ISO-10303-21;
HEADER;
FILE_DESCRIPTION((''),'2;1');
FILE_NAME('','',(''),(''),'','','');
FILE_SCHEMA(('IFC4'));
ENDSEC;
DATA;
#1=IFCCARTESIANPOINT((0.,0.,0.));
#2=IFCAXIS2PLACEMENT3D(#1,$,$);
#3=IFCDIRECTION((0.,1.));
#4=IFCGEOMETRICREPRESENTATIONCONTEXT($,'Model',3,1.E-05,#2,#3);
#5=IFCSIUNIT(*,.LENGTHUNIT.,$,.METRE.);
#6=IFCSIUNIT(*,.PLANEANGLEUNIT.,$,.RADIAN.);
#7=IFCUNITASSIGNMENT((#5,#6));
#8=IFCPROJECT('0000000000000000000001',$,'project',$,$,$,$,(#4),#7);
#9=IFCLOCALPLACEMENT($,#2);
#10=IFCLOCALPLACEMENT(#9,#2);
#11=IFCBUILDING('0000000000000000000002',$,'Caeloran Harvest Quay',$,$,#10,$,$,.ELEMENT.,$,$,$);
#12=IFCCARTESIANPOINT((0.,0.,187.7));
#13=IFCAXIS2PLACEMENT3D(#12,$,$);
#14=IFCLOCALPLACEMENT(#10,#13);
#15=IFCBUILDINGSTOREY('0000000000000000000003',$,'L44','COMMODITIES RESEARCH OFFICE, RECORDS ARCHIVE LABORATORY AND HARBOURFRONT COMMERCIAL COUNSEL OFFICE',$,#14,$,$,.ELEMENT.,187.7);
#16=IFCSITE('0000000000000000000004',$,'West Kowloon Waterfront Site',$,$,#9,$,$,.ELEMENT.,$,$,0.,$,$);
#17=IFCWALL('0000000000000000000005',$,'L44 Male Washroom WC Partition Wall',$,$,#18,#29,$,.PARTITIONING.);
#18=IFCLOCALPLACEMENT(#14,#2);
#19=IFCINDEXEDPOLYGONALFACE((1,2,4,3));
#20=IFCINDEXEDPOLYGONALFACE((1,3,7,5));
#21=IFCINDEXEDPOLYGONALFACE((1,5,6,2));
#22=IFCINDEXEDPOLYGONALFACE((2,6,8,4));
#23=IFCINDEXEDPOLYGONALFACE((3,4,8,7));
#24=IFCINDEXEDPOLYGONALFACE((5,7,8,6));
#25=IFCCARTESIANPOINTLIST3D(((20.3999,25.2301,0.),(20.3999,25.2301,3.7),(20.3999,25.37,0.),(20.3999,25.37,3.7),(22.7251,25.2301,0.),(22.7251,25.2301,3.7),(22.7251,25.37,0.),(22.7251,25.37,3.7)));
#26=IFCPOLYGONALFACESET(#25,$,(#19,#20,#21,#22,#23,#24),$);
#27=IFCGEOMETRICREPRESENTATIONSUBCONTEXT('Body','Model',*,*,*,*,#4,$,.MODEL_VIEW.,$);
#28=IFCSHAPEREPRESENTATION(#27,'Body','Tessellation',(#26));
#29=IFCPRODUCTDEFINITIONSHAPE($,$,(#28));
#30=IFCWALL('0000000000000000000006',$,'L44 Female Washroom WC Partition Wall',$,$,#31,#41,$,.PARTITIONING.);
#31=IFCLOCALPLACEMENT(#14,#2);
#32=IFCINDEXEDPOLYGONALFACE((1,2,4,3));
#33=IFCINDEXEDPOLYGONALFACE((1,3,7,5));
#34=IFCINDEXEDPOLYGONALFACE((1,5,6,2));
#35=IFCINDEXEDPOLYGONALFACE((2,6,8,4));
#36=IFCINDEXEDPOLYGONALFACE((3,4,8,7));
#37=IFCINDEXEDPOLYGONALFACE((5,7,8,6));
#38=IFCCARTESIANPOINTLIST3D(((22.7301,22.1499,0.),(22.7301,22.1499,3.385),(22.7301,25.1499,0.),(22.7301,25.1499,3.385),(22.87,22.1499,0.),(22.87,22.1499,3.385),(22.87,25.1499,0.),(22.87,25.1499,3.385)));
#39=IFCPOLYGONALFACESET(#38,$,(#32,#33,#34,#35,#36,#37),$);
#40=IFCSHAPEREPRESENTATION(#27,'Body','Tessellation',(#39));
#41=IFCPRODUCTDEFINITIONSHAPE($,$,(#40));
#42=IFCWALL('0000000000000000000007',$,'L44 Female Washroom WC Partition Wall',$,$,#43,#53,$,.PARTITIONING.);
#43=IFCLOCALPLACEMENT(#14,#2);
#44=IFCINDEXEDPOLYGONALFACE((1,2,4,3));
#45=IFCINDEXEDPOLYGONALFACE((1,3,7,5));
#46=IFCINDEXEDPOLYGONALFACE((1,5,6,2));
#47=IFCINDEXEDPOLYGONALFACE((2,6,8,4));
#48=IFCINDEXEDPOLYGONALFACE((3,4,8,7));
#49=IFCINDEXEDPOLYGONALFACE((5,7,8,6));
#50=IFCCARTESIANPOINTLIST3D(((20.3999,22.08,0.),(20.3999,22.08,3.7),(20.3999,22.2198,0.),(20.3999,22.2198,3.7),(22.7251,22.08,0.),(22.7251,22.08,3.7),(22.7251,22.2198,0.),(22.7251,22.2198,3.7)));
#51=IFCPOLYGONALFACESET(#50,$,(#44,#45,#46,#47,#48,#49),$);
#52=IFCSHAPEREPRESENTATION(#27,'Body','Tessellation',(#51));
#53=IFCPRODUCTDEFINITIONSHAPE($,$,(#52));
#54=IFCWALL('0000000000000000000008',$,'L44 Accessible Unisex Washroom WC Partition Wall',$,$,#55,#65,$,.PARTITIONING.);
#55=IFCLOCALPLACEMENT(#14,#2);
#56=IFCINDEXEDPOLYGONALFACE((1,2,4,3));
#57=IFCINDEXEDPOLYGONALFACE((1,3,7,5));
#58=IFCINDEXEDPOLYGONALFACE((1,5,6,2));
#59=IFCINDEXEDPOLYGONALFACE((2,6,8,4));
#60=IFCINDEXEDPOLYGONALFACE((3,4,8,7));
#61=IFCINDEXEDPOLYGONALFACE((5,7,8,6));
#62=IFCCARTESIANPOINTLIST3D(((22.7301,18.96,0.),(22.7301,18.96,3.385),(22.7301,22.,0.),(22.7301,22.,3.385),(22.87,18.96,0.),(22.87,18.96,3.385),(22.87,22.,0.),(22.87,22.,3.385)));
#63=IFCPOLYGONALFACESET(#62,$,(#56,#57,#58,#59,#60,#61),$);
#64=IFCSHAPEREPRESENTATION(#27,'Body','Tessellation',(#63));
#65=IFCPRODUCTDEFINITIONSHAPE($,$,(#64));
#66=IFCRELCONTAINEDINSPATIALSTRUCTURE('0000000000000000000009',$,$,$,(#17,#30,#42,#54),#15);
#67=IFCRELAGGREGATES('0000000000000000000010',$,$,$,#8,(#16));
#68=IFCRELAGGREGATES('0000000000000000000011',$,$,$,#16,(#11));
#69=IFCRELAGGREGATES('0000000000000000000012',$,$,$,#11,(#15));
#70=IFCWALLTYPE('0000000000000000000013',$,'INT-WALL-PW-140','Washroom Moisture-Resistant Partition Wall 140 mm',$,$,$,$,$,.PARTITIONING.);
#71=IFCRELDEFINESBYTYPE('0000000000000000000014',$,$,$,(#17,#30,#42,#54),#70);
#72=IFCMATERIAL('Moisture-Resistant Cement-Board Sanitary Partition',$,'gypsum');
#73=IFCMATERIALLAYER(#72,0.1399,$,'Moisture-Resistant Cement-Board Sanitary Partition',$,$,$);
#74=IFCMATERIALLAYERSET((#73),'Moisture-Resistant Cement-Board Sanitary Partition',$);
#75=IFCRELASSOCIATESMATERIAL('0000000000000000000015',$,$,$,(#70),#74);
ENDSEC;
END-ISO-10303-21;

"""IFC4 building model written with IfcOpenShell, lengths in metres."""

from ifc_helpers import new_model, si_unit, direction, frame, frame_2d, origin, place, context, subcontext, project, spatial, rectangle, extrude, material, layer, layer_set, type_object, element, save


model = new_model("IFC4")

# Units and contexts
model_context = context("Model", 3, precision=1e-05, world=origin(), true_north=direction((0.0, 1.0)))
body_context = subcontext(model_context, "Body", "Model", "MODEL_VIEW")
ifc_project = project(units=[si_unit("LENGTHUNIT", "METRE"), si_unit("PLANEANGLEUNIT", "RADIAN")], contexts=[model_context])

# Site, building, storey
site_placement = place(None, origin())
site = spatial("IfcSite", under=ifc_project, at=site_placement, Name="West Kowloon Waterfront Site", CompositionType="ELEMENT", RefElevation=0.0)
building_placement = place(site_placement, origin())
building = spatial("IfcBuilding", under=site, at=building_placement, Name="Caeloran Harvest Quay", CompositionType="ELEMENT")
storey_placement = place(building_placement, frame((0.0, 0.0, 187.7)))
storey = spatial("IfcBuildingStorey", under=building, at=storey_placement, Name="L44", Description="COMMODITIES RESEARCH OFFICE, RECORDS ARCHIVE LABORATORY AND HARBOURFRONT COMMERCIAL COUNSEL OFFICE", CompositionType="ELEMENT", Elevation=187.7)

# Walls
ifc_material_1 = material(Name="Moisture-Resistant Cement-Board Sanitary Partition", Category="gypsum")
ifc_layer_1 = layer(ifc_material_1, 0.1399, Name="Moisture-Resistant Cement-Board Sanitary Partition")
ifc_layer_set_1 = layer_set([ifc_layer_1], Name="Moisture-Resistant Cement-Board Sanitary Partition")
wall_type_1 = type_object("IfcWallType", Name="INT-WALL-PW-140", Description="Washroom Moisture-Resistant Partition Wall 140 mm", PredefinedType="PARTITIONING", material=ifc_layer_set_1)
wall_1_placement = place(storey_placement, frame((22.7251, 25.3, 0.0), z_axis=(0.0, 0.0, 1.0), x_axis=(-1.0, 0.0, 0.0)))
element("IfcWall", 1, at=wall_1_placement, inside=storey, type_object=wall_type_1, Name="L44 Male Washroom WC Partition Wall", PredefinedType="PARTITIONING", context=body_context, shape_type="SweptSolid", body=[
    extrude(rectangle(XDim=2.3252, YDim=0.1399, at=frame_2d((1.1626, 0.0))), origin(), (0.0, 0.0, 1.0), 3.7),
])
wall_2_placement = place(storey_placement, frame((22.8, 25.1499, 0.0), z_axis=(0.0, 0.0, 1.0), x_axis=(0.0, -1.0, 0.0)))
element("IfcWall", 2, at=wall_2_placement, inside=storey, type_object=wall_type_1, Name="L44 Female Washroom WC Partition Wall", PredefinedType="PARTITIONING", context=body_context, shape_type="SweptSolid", body=[
    extrude(rectangle(XDim=3.0, YDim=0.1399, at=frame_2d((1.5, 0.0))), origin(), (0.0, 0.0, 1.0), 3.385),
])
wall_3_placement = place(storey_placement, frame((22.7251, 22.1499, 0.0), z_axis=(0.0, 0.0, 1.0), x_axis=(-1.0, 0.0, 0.0)))
element("IfcWall", 3, at=wall_3_placement, inside=storey, type_object=wall_type_1, Name="L44 Female Washroom WC Partition Wall", PredefinedType="PARTITIONING", context=body_context, shape_type="SweptSolid", body=[
    extrude(rectangle(XDim=2.3252, YDim=0.1399, at=frame_2d((1.1626, 0.0))), origin(), (0.0, 0.0, 1.0), 3.7),
])
wall_4_placement = place(storey_placement, frame((22.8, 22.0, 0.0), z_axis=(0.0, 0.0, 1.0), x_axis=(0.0, -1.0, 0.0)))
element("IfcWall", 4, at=wall_4_placement, inside=storey, type_object=wall_type_1, Name="L44 Accessible Unisex Washroom WC Partition Wall", PredefinedType="PARTITIONING", context=body_context, shape_type="SweptSolid", body=[
    extrude(rectangle(XDim=3.04, YDim=0.1399, at=frame_2d((1.52, 0.0))), origin(), (0.0, 0.0, 1.0), 3.385),
])

save(model, "model.ifc")
